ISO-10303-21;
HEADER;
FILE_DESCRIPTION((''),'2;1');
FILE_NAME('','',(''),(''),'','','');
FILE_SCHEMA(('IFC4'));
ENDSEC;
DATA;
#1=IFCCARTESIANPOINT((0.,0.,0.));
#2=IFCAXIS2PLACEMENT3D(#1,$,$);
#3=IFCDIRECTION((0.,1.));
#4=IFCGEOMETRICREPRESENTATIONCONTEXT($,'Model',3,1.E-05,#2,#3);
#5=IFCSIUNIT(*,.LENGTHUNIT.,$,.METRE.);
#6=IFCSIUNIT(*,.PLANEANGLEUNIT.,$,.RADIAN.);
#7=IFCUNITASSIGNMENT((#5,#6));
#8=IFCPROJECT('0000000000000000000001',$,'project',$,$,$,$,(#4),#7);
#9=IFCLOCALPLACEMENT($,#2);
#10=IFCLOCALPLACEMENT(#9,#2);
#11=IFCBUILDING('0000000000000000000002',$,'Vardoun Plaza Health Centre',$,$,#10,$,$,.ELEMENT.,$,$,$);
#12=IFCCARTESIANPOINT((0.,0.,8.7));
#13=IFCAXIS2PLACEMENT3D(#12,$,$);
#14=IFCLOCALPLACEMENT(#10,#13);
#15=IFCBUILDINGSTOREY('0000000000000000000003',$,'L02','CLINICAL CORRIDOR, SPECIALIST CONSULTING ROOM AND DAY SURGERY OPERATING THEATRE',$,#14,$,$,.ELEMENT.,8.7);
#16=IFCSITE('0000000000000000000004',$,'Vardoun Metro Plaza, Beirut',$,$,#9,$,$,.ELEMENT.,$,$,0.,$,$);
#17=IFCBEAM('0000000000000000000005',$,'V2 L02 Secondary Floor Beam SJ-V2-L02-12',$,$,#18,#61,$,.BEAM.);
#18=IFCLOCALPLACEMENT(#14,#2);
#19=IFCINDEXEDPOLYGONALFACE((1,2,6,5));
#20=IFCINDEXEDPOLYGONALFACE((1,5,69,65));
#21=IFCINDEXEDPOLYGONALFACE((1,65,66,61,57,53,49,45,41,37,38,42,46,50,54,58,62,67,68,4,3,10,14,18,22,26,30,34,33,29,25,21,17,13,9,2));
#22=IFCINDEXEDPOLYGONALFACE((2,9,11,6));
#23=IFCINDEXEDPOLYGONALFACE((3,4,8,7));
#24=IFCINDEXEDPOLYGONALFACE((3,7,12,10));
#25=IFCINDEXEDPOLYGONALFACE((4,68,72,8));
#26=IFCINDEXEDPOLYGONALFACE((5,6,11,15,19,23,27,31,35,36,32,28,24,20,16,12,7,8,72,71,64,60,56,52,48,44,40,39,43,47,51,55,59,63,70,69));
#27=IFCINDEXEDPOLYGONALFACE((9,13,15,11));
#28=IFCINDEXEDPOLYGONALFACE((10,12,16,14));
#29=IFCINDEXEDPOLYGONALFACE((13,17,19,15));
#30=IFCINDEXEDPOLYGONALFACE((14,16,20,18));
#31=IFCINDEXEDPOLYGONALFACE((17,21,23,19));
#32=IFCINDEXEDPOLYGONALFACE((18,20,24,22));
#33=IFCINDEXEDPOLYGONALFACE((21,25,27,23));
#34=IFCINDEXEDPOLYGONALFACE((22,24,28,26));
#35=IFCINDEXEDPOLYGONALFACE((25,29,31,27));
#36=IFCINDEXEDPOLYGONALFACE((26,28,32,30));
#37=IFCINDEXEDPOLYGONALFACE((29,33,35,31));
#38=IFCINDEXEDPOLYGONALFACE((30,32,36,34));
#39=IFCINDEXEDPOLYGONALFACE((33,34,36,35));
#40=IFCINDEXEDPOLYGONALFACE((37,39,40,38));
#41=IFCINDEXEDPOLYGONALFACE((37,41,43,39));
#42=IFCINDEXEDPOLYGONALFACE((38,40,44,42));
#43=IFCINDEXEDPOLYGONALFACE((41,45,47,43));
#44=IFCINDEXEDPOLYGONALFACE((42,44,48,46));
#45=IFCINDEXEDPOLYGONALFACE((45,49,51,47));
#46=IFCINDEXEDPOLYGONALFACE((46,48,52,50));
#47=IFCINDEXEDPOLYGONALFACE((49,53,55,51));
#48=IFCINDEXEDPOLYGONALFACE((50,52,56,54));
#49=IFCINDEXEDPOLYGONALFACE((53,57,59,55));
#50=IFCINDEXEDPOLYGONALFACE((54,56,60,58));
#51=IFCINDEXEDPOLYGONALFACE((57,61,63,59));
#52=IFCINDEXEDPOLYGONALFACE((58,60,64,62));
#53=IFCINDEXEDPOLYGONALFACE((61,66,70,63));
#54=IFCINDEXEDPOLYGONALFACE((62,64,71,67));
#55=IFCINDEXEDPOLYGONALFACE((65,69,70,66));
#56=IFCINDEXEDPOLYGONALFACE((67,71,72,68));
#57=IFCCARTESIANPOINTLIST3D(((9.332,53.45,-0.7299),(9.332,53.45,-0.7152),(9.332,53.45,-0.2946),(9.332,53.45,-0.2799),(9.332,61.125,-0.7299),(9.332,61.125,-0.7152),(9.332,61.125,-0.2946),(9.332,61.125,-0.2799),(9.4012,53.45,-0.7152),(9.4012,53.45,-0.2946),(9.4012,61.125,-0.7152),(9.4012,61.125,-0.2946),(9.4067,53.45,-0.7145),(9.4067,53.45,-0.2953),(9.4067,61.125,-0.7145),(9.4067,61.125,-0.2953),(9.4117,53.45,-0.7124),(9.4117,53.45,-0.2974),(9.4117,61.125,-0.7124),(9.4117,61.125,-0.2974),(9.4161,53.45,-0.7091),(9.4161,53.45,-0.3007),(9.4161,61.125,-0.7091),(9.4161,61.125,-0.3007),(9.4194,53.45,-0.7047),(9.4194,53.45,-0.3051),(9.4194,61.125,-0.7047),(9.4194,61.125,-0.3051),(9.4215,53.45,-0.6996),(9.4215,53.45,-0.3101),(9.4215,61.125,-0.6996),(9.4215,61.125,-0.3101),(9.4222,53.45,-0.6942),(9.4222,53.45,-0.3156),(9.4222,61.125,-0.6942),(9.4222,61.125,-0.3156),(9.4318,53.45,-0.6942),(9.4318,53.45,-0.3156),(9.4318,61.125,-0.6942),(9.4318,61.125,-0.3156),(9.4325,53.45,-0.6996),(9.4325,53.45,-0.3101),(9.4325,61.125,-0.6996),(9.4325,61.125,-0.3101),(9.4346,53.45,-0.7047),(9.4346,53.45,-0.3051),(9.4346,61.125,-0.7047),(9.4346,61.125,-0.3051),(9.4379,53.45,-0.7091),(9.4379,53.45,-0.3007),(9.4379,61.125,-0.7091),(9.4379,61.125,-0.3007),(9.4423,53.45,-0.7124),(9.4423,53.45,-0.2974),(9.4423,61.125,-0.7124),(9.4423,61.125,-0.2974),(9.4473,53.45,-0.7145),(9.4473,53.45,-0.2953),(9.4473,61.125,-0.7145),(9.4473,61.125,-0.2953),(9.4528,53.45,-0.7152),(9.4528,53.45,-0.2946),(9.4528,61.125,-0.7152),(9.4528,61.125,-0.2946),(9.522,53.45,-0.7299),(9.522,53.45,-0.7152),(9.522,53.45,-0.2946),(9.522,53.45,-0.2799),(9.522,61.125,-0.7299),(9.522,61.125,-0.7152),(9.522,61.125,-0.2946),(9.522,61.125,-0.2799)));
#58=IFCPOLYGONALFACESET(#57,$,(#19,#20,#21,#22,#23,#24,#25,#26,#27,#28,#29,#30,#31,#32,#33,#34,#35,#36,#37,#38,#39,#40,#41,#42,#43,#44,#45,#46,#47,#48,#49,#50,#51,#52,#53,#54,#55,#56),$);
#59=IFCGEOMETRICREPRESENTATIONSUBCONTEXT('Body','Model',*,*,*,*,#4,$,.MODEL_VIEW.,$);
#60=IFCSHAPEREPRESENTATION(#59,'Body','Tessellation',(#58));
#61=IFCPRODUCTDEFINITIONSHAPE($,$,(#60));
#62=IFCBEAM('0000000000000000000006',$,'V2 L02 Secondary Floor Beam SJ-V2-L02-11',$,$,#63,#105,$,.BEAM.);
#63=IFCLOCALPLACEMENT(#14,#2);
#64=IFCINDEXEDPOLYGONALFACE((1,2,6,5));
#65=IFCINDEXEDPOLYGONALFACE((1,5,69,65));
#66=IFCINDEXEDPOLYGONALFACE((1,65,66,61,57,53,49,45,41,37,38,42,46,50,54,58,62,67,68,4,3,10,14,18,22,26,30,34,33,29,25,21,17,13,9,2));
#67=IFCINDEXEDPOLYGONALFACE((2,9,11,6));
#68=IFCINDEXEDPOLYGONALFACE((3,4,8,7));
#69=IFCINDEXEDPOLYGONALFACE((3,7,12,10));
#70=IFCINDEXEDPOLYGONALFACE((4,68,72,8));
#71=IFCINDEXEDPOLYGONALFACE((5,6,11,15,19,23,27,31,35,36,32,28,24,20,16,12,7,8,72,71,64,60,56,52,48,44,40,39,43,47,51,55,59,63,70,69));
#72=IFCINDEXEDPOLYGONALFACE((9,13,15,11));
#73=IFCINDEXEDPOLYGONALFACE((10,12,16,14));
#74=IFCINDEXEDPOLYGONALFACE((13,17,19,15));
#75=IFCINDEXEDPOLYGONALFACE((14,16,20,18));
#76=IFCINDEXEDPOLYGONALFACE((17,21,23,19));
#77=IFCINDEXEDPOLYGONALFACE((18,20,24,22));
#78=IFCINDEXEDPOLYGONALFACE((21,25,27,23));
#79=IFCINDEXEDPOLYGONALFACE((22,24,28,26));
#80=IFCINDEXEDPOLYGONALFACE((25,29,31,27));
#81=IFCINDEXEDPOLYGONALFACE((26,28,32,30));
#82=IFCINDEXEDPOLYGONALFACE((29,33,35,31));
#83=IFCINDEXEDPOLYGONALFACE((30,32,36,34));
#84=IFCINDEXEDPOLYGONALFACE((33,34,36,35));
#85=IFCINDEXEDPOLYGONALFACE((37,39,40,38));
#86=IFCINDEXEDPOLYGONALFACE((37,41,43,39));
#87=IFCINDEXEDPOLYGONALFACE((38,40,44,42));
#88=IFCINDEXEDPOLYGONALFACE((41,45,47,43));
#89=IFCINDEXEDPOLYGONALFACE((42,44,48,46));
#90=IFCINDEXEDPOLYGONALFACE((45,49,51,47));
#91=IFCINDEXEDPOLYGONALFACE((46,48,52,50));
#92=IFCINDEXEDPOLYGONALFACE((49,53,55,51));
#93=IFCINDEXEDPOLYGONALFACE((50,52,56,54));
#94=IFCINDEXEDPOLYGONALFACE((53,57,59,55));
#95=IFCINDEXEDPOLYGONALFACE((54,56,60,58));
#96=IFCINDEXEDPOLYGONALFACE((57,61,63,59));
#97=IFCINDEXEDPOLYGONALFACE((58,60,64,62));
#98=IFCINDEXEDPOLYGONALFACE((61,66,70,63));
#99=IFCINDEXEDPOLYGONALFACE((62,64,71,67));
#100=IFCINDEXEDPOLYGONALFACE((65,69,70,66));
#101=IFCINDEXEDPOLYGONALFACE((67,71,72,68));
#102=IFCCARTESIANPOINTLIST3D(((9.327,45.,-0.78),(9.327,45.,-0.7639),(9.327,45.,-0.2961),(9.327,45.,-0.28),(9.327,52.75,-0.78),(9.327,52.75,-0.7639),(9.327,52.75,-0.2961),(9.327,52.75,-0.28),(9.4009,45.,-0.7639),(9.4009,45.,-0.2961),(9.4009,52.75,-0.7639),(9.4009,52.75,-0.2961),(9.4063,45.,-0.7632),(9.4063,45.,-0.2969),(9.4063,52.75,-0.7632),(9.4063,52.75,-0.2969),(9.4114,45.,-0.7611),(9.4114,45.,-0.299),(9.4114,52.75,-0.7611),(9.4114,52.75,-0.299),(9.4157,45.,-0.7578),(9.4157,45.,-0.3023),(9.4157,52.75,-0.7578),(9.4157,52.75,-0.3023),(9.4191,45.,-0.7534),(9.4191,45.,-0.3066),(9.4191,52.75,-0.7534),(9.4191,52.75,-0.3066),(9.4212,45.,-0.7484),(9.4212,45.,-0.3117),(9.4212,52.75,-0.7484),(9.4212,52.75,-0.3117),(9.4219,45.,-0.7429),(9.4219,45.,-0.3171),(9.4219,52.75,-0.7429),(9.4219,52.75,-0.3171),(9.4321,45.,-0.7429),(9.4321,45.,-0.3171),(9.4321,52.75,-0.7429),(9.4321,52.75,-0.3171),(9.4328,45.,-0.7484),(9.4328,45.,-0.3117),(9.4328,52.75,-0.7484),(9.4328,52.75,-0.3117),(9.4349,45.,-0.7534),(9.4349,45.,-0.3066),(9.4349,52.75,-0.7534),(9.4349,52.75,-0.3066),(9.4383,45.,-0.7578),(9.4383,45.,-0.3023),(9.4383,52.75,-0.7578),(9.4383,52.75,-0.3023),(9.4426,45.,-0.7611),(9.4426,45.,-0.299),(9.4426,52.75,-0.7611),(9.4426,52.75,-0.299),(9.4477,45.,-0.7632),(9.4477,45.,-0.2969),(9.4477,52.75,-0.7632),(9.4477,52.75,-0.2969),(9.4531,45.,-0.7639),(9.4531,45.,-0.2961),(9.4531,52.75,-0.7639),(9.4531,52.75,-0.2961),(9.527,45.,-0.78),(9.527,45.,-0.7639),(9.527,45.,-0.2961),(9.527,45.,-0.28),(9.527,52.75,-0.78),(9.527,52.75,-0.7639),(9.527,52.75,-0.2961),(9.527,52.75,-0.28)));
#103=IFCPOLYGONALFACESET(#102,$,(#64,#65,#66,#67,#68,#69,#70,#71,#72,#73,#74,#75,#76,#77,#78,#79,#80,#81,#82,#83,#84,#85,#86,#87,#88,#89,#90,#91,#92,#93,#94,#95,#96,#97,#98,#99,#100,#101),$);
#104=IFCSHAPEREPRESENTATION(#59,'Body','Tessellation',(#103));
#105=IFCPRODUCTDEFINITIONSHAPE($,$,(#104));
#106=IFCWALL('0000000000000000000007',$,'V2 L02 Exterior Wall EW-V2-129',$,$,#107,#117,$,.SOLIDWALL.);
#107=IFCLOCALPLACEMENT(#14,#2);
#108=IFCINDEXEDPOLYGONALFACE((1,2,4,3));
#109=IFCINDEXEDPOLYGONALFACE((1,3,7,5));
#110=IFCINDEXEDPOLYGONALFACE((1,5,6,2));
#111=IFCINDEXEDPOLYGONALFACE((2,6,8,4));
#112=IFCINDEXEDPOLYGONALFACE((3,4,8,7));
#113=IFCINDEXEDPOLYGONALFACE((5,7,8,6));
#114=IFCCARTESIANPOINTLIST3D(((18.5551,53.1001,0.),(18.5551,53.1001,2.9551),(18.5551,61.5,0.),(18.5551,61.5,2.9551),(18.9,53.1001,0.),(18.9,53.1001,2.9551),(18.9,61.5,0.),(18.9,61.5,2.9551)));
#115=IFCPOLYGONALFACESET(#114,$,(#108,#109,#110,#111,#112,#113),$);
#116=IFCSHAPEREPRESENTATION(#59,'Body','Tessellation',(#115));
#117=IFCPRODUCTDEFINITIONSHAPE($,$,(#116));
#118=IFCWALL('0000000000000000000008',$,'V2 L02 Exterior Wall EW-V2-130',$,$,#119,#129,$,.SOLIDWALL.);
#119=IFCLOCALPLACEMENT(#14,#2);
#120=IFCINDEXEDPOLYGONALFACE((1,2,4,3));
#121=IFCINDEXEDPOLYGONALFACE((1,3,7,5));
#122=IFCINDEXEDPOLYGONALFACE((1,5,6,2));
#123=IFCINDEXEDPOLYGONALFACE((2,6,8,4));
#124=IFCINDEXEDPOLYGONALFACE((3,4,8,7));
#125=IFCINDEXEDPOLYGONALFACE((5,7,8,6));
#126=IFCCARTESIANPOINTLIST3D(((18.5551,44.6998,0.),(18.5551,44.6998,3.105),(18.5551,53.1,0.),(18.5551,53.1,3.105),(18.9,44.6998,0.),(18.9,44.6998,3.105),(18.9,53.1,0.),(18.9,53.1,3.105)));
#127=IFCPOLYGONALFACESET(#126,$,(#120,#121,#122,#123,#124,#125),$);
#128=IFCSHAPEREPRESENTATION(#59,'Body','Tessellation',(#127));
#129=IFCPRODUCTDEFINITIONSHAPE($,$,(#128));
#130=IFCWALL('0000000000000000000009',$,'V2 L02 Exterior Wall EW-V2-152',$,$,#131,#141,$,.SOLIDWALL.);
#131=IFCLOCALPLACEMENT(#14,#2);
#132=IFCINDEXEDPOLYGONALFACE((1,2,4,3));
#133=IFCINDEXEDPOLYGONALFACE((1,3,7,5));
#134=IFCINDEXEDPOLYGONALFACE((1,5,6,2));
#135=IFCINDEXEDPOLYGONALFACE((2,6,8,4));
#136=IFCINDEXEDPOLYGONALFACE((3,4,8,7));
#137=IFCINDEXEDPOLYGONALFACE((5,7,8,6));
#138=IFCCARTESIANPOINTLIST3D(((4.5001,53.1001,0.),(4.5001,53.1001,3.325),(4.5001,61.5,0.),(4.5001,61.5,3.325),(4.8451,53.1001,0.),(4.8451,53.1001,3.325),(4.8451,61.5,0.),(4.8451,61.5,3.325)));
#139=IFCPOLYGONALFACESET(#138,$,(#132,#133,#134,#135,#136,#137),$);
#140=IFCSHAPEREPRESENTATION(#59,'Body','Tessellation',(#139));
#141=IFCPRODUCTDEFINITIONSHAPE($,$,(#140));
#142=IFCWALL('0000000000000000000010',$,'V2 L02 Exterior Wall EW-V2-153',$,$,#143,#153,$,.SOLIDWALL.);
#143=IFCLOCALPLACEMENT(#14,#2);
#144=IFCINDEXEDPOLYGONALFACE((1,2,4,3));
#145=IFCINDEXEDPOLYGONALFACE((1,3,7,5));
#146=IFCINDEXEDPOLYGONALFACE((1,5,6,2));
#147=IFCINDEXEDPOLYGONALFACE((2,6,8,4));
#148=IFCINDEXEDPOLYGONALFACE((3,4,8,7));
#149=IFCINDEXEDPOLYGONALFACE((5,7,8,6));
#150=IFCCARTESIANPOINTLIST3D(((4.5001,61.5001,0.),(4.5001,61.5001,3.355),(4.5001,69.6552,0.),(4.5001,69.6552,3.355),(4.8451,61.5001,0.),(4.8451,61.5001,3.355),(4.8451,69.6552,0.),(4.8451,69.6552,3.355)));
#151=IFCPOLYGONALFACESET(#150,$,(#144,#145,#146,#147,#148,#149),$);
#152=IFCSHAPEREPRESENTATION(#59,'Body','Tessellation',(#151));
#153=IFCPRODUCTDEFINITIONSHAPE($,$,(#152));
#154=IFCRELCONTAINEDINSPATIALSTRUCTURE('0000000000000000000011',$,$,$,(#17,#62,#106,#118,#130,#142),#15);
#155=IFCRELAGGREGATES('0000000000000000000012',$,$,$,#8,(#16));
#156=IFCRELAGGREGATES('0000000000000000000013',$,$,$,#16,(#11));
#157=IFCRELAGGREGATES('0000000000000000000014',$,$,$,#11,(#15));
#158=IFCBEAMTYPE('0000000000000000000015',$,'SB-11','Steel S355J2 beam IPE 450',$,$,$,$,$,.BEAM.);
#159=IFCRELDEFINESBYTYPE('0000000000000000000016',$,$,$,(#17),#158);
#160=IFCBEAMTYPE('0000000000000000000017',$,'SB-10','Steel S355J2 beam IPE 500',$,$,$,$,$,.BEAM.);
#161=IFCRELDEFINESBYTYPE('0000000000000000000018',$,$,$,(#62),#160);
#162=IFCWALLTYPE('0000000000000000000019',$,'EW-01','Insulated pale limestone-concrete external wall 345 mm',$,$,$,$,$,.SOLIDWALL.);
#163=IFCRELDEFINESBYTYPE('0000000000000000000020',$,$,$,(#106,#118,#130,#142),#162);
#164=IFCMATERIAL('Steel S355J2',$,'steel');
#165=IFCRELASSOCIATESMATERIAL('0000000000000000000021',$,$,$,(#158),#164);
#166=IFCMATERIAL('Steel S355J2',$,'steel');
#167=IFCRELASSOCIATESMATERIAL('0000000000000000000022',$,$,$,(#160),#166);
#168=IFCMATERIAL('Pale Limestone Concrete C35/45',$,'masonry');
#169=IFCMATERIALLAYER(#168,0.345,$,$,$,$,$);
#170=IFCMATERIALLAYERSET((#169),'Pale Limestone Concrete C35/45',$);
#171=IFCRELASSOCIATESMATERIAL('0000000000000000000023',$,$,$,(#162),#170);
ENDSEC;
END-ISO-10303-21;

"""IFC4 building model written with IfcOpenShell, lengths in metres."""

from ifc_helpers import new_model, si_unit, direction, frame, frame_2d, origin, origin_2d, place, context, subcontext, project, spatial, rectangle, i_section, extrude, material, layer, layer_set, material_profile, profile_set, type_object, element, save


model = new_model("IFC4")

# Units and contexts
model_context = context("Model", 3, precision=1e-05, world=origin(), true_north=direction((0.0, 1.0)))
body_context = subcontext(model_context, "Body", "Model", "MODEL_VIEW")
ifc_project = project(units=[si_unit("LENGTHUNIT", "METRE"), si_unit("PLANEANGLEUNIT", "RADIAN")], contexts=[model_context])

# Site, building, storey
site_placement = place(None, origin())
site = spatial("IfcSite", under=ifc_project, at=site_placement, Name="Vardoun Metro Plaza, Beirut", CompositionType="ELEMENT", RefElevation=0.0)
building_placement = place(site_placement, origin())
building = spatial("IfcBuilding", under=site, at=building_placement, Name="Vardoun Plaza Health Centre", CompositionType="ELEMENT")
storey_placement = place(building_placement, frame((0.0, 0.0, 8.7)))
storey = spatial("IfcBuildingStorey", under=building, at=storey_placement, Name="L02", Description="CLINICAL CORRIDOR, SPECIALIST CONSULTING ROOM AND DAY SURGERY OPERATING THEATRE", CompositionType="ELEMENT", Elevation=8.7)

# Beams
ifc_material_1 = material(Name="Steel S355J2", Category="steel")
ifc_material_profile_1 = material_profile(ifc_material_1, i_section(OverallWidth=0.1899, OverallDepth=0.45, WebThickness=0.0095, FlangeThickness=0.0146, FilletRadius=0.021, at=origin_2d()), Name="IPE 450")
ifc_profile_set_1 = profile_set([ifc_material_profile_1], Name="Steel S355J2")
beam_type_1 = type_object("IfcBeamType", Name="SB-11", Description="Steel S355J2 beam IPE 450", PredefinedType="BEAM", material=ifc_profile_set_1)
beam_1_placement = place(storey_placement, frame((9.427, 53.45, -0.5049), z_axis=(0.0, 1.0, 0.0), x_axis=(-1.0, 0.0, 0.0)))
element("IfcBeam", 1, at=beam_1_placement, inside=storey, type_object=beam_type_1, Name="V2 L02 Secondary Floor Beam SJ-V2-L02-12", PredefinedType="BEAM", context=body_context, shape_type="SweptSolid", body=[
    extrude(i_section(OverallWidth=0.1899, OverallDepth=0.45, WebThickness=0.0095, FlangeThickness=0.0146, FilletRadius=0.021, at=origin_2d()), origin(), (0.0, 0.0, 1.0), 7.675),
])
ifc_material_2 = material(Name="Steel S355J2", Category="steel")
ifc_material_profile_2 = material_profile(ifc_material_2, i_section(OverallWidth=0.2, OverallDepth=0.5, WebThickness=0.0103, FlangeThickness=0.0161, FilletRadius=0.021, at=origin_2d()), Name="IPE 500")
ifc_profile_set_2 = profile_set([ifc_material_profile_2], Name="Steel S355J2")
beam_type_2 = type_object("IfcBeamType", Name="SB-10", Description="Steel S355J2 beam IPE 500", PredefinedType="BEAM", material=ifc_profile_set_2)
beam_2_placement = place(storey_placement, frame((9.427, 45.0, -0.53), z_axis=(0.0, 1.0, 0.0), x_axis=(-1.0, 0.0, 0.0)))
element("IfcBeam", 2, at=beam_2_placement, inside=storey, type_object=beam_type_2, Name="V2 L02 Secondary Floor Beam SJ-V2-L02-11", PredefinedType="BEAM", context=body_context, shape_type="SweptSolid", body=[
    extrude(i_section(OverallWidth=0.2, OverallDepth=0.5, WebThickness=0.0103, FlangeThickness=0.0161, FilletRadius=0.021, at=origin_2d()), origin(), (0.0, 0.0, 1.0), 7.75),
])

# Walls
ifc_material_3 = material(Name="Pale Limestone Concrete C35/45", Category="masonry")
ifc_layer = layer(ifc_material_3, 0.345)
ifc_layer_set = layer_set([ifc_layer], Name="Pale Limestone Concrete C35/45")
wall_type = type_object("IfcWallType", Name="EW-01", Description="Insulated pale limestone-concrete external wall 345 mm", PredefinedType="SOLIDWALL", material=ifc_layer_set)
wall_1_placement = place(storey_placement, frame((18.7275, 61.5, 0.0), z_axis=(0.0, 0.0, 1.0), x_axis=(0.0, -1.0, 0.0)))
element("IfcWall", 3, at=wall_1_placement, inside=storey, type_object=wall_type, Name="V2 L02 Exterior Wall EW-V2-129", PredefinedType="SOLIDWALL", context=body_context, shape_type="SweptSolid", body=[
    extrude(rectangle(XDim=8.3999, YDim=0.345, at=frame_2d((4.2, 0.0))), origin(), (0.0, 0.0, 1.0), 2.9551),
])
wall_2_placement = place(storey_placement, frame((18.7275, 53.1001, 0.0), z_axis=(0.0, 0.0, 1.0), x_axis=(0.0, -1.0, 0.0)))
element("IfcWall", 4, at=wall_2_placement, inside=storey, type_object=wall_type, Name="V2 L02 Exterior Wall EW-V2-130", PredefinedType="SOLIDWALL", context=body_context, shape_type="SweptSolid", body=[
    extrude(rectangle(XDim=8.4001, YDim=0.345, at=frame_2d((4.2002, 0.0))), origin(), (0.0, 0.0, 1.0), 3.105),
])
wall_3_placement = place(storey_placement, frame((4.6726, 53.1001, 0.0), z_axis=(0.0, 0.0, 1.0), x_axis=(0.0, 1.0, 0.0)))
element("IfcWall", 5, at=wall_3_placement, inside=storey, type_object=wall_type, Name="V2 L02 Exterior Wall EW-V2-152", PredefinedType="SOLIDWALL", context=body_context, shape_type="SweptSolid", body=[
    extrude(rectangle(XDim=8.3999, YDim=0.345, at=frame_2d((4.2, 0.0))), origin(), (0.0, 0.0, 1.0), 3.325),
])
wall_4_placement = place(storey_placement, frame((4.6726, 61.5, 0.0), z_axis=(0.0, 0.0, 1.0), x_axis=(0.0, 1.0, 0.0)))
element("IfcWall", 6, at=wall_4_placement, inside=storey, type_object=wall_type, Name="V2 L02 Exterior Wall EW-V2-153", PredefinedType="SOLIDWALL", context=body_context, shape_type="SweptSolid", body=[
    extrude(rectangle(XDim=8.155, YDim=0.345, at=frame_2d((4.0776, 0.0))), origin(), (0.0, 0.0, 1.0), 3.355),
])

save(model, "model.ifc")
